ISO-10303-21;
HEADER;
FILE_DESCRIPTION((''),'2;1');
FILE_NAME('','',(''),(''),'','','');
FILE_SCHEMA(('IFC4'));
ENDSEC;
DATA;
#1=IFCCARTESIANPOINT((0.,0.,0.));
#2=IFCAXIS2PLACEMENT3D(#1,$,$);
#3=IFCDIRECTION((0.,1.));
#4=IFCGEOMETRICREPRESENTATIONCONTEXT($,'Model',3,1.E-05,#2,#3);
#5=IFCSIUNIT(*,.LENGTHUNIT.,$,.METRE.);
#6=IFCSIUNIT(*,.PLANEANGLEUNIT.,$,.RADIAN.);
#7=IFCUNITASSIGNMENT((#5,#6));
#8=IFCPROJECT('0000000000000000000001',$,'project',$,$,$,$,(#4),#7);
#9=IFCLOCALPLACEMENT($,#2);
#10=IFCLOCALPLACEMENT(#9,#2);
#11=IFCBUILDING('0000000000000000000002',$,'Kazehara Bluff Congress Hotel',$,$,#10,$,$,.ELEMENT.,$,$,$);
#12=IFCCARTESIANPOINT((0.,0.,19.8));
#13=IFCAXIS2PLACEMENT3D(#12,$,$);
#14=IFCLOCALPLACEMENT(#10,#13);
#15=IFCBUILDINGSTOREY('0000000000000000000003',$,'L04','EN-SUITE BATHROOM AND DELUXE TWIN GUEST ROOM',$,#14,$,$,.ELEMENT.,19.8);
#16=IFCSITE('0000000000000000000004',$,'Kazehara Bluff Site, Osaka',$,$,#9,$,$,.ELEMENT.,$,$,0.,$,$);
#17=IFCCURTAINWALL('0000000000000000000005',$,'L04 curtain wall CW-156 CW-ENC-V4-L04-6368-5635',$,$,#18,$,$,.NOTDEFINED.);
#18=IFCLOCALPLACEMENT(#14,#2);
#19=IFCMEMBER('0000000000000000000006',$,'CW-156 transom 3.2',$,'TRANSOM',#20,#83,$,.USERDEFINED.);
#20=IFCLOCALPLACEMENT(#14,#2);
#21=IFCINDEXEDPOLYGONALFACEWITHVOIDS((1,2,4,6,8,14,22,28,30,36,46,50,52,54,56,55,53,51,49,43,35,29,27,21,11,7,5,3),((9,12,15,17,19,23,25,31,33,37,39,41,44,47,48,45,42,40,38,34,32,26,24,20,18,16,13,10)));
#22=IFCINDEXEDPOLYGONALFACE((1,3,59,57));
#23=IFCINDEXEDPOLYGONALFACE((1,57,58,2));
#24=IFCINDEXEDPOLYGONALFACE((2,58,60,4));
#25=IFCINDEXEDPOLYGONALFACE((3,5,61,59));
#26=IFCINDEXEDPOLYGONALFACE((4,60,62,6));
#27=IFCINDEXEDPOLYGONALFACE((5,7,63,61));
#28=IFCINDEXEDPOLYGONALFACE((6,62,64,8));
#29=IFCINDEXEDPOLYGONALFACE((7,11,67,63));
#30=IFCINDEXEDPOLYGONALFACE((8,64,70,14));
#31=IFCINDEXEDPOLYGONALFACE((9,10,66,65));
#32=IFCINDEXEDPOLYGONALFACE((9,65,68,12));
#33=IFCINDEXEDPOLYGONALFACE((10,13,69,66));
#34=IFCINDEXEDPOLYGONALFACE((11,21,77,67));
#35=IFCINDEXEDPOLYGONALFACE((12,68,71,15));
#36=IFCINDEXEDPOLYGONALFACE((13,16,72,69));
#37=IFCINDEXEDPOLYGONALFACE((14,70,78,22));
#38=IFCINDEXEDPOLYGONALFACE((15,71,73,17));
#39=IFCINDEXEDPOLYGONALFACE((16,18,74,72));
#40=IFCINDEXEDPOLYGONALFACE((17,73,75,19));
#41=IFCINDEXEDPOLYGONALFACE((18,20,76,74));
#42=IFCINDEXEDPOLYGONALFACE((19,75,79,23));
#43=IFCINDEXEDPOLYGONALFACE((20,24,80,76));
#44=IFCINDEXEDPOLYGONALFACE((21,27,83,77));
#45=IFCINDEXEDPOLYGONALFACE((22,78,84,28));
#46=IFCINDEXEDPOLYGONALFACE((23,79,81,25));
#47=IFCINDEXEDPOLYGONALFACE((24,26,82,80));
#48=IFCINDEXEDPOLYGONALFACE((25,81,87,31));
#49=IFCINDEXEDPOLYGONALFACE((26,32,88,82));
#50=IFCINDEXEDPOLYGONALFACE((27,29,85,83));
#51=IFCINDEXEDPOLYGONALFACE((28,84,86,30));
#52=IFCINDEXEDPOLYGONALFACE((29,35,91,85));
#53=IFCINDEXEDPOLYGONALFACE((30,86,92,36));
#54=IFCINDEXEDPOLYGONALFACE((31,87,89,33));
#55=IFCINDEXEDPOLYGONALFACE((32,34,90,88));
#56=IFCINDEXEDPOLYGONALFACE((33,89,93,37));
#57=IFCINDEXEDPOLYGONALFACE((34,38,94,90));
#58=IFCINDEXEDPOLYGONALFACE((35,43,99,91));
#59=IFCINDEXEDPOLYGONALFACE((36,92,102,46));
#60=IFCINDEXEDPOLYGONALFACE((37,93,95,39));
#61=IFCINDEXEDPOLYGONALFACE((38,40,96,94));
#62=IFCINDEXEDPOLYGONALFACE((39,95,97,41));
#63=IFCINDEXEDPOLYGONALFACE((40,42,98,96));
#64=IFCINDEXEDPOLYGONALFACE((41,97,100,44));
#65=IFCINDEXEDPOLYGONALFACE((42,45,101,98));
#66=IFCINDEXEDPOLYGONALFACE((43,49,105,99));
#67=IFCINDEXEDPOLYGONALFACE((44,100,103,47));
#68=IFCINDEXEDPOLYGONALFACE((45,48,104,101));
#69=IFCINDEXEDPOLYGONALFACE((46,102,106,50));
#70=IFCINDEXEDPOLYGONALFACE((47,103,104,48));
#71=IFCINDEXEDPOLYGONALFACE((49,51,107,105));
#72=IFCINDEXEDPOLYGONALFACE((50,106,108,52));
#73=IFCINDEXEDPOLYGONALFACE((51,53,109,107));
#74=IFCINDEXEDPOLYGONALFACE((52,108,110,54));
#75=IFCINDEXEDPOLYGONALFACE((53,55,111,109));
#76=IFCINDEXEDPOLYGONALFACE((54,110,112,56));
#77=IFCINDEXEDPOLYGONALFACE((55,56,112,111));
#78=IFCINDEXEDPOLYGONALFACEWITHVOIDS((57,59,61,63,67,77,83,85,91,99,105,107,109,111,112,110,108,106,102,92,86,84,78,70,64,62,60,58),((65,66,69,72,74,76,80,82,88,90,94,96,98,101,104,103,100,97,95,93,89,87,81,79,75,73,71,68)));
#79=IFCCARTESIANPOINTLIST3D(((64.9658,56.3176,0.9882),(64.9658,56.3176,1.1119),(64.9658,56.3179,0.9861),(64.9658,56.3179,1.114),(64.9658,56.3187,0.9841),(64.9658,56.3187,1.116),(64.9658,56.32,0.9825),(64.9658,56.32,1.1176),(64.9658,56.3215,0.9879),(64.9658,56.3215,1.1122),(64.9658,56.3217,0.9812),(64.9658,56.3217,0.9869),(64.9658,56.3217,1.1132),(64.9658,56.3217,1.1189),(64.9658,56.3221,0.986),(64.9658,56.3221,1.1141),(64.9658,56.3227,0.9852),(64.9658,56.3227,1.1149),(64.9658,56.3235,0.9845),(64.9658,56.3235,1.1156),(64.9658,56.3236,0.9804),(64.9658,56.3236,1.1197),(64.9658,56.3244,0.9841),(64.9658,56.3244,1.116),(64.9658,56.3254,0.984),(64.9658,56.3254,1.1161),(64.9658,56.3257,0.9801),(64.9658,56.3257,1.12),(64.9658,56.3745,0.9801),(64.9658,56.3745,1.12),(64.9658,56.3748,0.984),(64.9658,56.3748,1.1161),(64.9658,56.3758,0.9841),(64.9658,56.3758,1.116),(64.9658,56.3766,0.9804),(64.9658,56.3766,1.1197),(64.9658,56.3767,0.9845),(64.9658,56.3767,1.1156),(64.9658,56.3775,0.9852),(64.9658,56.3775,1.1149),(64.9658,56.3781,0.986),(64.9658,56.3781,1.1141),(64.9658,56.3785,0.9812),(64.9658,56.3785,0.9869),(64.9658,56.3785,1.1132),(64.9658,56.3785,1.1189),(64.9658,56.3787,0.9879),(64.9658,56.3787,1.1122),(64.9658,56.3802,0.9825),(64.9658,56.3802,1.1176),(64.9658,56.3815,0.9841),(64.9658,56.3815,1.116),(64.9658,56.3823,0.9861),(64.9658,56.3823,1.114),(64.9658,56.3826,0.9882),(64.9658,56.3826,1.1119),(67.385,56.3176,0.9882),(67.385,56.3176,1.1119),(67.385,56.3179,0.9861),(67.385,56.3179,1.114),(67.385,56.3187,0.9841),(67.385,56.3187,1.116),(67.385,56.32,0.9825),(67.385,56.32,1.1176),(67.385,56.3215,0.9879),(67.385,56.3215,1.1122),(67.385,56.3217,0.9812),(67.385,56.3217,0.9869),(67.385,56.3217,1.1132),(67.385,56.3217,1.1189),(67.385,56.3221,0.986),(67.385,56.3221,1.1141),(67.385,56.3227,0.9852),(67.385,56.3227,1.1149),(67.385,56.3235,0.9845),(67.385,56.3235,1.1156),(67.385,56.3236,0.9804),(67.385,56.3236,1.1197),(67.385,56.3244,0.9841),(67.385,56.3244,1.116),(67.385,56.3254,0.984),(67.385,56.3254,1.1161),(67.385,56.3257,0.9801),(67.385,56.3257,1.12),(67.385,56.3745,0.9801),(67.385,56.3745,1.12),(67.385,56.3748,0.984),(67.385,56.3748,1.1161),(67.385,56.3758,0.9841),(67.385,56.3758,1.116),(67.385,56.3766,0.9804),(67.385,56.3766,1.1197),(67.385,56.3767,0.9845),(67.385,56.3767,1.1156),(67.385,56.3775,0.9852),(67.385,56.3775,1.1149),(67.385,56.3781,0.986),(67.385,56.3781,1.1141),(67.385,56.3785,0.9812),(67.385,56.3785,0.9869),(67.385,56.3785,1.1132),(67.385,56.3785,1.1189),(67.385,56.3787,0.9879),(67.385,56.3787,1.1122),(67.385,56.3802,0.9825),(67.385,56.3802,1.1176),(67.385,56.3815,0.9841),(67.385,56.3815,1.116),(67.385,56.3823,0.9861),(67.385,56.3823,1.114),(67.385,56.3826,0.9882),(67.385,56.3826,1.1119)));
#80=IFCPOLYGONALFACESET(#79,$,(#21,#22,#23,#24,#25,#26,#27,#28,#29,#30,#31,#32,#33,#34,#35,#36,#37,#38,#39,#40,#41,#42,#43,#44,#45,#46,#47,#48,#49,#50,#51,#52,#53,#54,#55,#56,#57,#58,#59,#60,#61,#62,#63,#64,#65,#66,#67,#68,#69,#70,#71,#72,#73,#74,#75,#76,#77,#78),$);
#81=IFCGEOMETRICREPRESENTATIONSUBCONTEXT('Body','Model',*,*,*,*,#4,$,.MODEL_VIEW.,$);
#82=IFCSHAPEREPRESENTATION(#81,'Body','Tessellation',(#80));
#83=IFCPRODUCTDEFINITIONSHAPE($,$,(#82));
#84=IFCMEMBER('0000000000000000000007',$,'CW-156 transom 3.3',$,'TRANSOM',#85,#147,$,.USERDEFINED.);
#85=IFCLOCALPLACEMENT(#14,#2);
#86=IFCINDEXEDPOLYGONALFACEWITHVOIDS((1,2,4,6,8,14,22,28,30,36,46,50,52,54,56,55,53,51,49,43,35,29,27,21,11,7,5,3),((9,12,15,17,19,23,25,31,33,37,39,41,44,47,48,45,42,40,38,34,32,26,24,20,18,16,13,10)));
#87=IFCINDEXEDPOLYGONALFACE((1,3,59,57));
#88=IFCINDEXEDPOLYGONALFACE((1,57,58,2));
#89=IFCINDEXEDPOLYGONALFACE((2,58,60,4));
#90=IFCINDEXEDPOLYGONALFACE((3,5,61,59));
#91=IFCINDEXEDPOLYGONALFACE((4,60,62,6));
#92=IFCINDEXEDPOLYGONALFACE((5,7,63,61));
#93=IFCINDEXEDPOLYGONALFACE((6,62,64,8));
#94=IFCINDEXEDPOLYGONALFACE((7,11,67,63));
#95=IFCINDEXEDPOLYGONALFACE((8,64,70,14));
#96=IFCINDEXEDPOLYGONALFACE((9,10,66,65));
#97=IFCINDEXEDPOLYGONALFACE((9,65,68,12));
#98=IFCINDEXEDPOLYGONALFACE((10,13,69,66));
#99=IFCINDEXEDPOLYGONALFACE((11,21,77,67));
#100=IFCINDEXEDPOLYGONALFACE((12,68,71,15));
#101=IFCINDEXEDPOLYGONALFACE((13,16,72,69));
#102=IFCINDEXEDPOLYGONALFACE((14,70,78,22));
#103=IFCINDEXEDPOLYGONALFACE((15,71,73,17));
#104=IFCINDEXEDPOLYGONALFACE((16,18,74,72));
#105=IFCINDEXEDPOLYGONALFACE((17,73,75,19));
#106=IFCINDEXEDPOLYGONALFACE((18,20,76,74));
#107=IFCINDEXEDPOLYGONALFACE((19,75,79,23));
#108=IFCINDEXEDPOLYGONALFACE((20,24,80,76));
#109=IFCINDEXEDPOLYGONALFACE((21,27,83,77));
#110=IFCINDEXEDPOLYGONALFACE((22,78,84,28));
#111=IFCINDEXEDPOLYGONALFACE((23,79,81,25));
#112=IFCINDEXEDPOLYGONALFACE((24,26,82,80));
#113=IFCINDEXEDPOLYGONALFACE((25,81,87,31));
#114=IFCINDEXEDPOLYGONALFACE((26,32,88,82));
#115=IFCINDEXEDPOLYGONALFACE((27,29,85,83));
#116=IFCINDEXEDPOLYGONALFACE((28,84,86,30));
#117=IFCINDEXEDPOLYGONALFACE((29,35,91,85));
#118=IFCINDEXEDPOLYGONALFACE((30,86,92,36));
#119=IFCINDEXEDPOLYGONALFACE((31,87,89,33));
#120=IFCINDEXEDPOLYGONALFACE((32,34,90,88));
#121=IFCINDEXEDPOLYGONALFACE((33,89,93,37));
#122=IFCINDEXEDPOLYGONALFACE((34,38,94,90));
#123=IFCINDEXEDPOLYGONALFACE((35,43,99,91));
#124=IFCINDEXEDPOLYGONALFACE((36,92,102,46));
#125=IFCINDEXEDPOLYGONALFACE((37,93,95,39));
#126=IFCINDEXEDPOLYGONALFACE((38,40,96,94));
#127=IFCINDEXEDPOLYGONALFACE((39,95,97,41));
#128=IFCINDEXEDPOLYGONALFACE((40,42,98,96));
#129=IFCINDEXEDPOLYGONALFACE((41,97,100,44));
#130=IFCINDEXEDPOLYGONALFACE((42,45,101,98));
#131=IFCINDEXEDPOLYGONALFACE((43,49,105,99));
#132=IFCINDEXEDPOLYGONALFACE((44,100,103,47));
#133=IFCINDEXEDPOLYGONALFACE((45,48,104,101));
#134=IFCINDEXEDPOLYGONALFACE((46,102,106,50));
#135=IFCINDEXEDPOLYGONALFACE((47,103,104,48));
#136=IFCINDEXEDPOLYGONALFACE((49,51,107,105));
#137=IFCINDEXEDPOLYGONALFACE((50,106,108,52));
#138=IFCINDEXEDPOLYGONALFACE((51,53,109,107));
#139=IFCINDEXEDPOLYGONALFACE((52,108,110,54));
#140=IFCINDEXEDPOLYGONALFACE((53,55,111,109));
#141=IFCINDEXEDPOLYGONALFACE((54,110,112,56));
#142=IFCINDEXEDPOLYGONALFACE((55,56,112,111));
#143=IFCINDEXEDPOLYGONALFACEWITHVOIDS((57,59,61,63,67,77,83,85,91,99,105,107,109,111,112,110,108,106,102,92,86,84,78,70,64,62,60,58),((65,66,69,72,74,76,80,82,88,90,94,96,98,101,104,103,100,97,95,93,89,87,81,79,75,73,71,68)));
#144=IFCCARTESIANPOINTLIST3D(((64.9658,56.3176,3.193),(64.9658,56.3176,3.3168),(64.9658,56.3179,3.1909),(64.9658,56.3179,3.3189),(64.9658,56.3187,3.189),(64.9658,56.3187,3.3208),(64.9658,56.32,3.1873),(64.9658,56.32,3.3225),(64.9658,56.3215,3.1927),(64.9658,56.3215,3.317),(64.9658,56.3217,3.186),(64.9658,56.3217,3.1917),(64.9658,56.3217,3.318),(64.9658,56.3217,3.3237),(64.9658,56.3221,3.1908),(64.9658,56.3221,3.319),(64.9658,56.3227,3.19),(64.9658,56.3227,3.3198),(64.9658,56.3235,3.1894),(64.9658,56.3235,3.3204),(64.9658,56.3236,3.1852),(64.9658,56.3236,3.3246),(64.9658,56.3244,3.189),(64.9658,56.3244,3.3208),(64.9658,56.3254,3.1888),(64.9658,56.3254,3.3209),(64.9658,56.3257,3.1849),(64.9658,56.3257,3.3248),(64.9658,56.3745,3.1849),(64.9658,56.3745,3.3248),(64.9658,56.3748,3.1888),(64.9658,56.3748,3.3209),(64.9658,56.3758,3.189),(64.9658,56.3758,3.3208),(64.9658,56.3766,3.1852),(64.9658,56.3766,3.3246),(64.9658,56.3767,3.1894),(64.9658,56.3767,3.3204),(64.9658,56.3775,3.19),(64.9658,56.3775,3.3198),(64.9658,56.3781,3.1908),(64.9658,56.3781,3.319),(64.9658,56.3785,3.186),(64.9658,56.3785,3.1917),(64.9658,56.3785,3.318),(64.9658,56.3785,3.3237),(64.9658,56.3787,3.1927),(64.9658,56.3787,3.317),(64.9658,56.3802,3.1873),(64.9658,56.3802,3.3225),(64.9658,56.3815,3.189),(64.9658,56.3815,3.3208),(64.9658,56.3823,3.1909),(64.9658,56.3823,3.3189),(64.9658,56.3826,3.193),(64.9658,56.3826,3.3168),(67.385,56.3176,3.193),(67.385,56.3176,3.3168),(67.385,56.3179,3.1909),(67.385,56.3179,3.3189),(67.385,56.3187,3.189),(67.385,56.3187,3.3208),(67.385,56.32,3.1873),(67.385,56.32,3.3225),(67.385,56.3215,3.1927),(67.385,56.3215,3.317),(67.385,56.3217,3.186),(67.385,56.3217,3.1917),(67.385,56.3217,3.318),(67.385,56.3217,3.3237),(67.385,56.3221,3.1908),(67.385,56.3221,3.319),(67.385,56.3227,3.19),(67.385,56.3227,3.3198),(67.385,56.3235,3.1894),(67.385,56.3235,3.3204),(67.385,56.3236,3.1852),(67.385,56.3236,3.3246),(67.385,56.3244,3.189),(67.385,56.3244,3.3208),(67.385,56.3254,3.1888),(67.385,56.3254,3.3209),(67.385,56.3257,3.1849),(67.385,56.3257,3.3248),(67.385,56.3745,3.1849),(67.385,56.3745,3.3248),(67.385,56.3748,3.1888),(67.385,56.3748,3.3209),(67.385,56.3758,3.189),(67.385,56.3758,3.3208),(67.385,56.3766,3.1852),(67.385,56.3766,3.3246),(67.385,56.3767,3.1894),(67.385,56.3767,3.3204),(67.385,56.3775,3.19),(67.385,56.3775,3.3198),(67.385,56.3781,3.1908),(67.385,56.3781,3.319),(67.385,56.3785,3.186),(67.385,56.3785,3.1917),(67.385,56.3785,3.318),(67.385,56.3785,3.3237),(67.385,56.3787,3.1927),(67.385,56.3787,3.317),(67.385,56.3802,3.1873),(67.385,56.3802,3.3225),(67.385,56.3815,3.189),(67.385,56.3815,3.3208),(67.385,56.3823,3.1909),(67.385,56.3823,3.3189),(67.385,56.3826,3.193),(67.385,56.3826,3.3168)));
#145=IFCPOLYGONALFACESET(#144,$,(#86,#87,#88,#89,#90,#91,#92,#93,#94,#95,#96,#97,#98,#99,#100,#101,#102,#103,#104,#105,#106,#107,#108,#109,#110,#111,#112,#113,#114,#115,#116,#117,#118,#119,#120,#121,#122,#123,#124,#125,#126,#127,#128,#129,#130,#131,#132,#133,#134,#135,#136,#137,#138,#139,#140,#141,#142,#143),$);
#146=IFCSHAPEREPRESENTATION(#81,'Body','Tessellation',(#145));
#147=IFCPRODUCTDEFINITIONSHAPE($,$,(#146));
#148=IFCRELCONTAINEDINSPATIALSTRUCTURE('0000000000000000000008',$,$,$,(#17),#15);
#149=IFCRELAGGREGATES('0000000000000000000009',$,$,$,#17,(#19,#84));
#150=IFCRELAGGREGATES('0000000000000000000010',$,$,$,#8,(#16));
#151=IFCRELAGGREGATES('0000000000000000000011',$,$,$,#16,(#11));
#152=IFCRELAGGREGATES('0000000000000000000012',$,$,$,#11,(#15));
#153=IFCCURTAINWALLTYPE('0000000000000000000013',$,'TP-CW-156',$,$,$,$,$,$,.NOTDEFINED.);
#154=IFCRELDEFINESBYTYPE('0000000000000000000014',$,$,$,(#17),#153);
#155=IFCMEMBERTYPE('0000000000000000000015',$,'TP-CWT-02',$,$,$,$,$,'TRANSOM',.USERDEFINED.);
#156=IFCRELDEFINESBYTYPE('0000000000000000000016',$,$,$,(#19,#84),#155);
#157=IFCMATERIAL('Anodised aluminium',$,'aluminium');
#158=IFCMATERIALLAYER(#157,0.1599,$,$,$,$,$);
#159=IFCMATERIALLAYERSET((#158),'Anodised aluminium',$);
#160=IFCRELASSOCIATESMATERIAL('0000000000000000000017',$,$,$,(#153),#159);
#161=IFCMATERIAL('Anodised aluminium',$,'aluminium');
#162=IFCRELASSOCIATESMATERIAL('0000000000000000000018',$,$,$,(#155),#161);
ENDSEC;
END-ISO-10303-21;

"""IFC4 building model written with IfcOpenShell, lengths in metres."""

from ifc_helpers import new_model, si_unit, direction, frame, origin, origin_2d, place, context, subcontext, project, spatial, hollow_rectangle, extrude, material, layer, layer_set, material_profile, profile_set, type_object, element, aggregate, save


model = new_model("IFC4")

# Units and contexts
model_context = context("Model", 3, precision=1e-05, world=origin(), true_north=direction((0.0, 1.0)))
body_context = subcontext(model_context, "Body", "Model", "MODEL_VIEW")
ifc_project = project(units=[si_unit("LENGTHUNIT", "METRE"), si_unit("PLANEANGLEUNIT", "RADIAN")], contexts=[model_context])

# Site, building, storey
site_placement = place(None, origin())
site = spatial("IfcSite", under=ifc_project, at=site_placement, Name="Kazehara Bluff Site, Osaka", CompositionType="ELEMENT", RefElevation=0.0)
building_placement = place(site_placement, origin())
building = spatial("IfcBuilding", under=site, at=building_placement, Name="Kazehara Bluff Congress Hotel", CompositionType="ELEMENT")
storey_placement = place(building_placement, frame((0.0, 0.0, 19.8)))
storey = spatial("IfcBuildingStorey", under=building, at=storey_placement, Name="L04", Description="EN-SUITE BATHROOM AND DELUXE TWIN GUEST ROOM", CompositionType="ELEMENT", Elevation=19.8)

# Curtain wall, members
ifc_material_1 = material(Name="Anodised aluminium", Category="aluminium")
ifc_layer_1 = layer(ifc_material_1, 0.1599)
ifc_layer_set_1 = layer_set([ifc_layer_1], Name="Anodised aluminium")
curtain_wall_type = type_object("IfcCurtainWallType", Name="TP-CW-156", PredefinedType="NOTDEFINED", material=ifc_layer_set_1)
curtain_wall_placement = place(storey_placement, origin())
curtain_wall = element("IfcCurtainWall", 1, at=curtain_wall_placement, inside=storey, type_object=curtain_wall_type, Name="L04 curtain wall CW-156 CW-ENC-V4-L04-6368-5635", PredefinedType="NOTDEFINED")
ifc_material_2 = material(Name="Anodised aluminium", Category="aluminium")
ifc_material_profile_1 = material_profile(ifc_material_2, hollow_rectangle(XDim=0.0649, YDim=0.1399, WallThickness=0.0039, InnerFilletRadius=0.0039, OuterFilletRadius=0.0081, at=origin_2d()))
ifc_profile_set_1 = profile_set([ifc_material_profile_1], Name="Anodised aluminium")
member_type_1 = type_object("IfcMemberType", Name="TP-CWT-02", ElementType="TRANSOM", PredefinedType="USERDEFINED", material=ifc_profile_set_1)
member_1_placement = place(storey_placement, frame((64.9658, 56.3501, 1.05), z_axis=(1.0, 0.0, 0.0), x_axis=(0.0, 1.0, 0.0)))
member_1 = element("IfcMember", 2, at=member_1_placement, type_object=member_type_1, Name="CW-156 transom 3.2", ObjectType="TRANSOM", PredefinedType="USERDEFINED", context=body_context, shape_type="SweptSolid", body=[
    extrude(hollow_rectangle(XDim=0.0649, YDim=0.1399, WallThickness=0.0039, InnerFilletRadius=0.0039, OuterFilletRadius=0.0081, at=origin_2d()), origin(), (0.0, 0.0, 1.0), 2.4192),
])
member_2_placement = place(storey_placement, frame((64.9658, 56.3501, 3.2549), z_axis=(1.0, 0.0, 0.0), x_axis=(0.0, 1.0, 0.0)))
member_2 = element("IfcMember", 3, at=member_2_placement, type_object=member_type_1, Name="CW-156 transom 3.3", ObjectType="TRANSOM", PredefinedType="USERDEFINED", context=body_context, shape_type="SweptSolid", body=[
    extrude(hollow_rectangle(XDim=0.0649, YDim=0.1399, WallThickness=0.0039, InnerFilletRadius=0.0039, OuterFilletRadius=0.0081, at=origin_2d()), origin(), (0.0, 0.0, 1.0), 2.4192),
])

aggregate(curtain_wall, [member_1, member_2])

save(model, "model.ifc")
